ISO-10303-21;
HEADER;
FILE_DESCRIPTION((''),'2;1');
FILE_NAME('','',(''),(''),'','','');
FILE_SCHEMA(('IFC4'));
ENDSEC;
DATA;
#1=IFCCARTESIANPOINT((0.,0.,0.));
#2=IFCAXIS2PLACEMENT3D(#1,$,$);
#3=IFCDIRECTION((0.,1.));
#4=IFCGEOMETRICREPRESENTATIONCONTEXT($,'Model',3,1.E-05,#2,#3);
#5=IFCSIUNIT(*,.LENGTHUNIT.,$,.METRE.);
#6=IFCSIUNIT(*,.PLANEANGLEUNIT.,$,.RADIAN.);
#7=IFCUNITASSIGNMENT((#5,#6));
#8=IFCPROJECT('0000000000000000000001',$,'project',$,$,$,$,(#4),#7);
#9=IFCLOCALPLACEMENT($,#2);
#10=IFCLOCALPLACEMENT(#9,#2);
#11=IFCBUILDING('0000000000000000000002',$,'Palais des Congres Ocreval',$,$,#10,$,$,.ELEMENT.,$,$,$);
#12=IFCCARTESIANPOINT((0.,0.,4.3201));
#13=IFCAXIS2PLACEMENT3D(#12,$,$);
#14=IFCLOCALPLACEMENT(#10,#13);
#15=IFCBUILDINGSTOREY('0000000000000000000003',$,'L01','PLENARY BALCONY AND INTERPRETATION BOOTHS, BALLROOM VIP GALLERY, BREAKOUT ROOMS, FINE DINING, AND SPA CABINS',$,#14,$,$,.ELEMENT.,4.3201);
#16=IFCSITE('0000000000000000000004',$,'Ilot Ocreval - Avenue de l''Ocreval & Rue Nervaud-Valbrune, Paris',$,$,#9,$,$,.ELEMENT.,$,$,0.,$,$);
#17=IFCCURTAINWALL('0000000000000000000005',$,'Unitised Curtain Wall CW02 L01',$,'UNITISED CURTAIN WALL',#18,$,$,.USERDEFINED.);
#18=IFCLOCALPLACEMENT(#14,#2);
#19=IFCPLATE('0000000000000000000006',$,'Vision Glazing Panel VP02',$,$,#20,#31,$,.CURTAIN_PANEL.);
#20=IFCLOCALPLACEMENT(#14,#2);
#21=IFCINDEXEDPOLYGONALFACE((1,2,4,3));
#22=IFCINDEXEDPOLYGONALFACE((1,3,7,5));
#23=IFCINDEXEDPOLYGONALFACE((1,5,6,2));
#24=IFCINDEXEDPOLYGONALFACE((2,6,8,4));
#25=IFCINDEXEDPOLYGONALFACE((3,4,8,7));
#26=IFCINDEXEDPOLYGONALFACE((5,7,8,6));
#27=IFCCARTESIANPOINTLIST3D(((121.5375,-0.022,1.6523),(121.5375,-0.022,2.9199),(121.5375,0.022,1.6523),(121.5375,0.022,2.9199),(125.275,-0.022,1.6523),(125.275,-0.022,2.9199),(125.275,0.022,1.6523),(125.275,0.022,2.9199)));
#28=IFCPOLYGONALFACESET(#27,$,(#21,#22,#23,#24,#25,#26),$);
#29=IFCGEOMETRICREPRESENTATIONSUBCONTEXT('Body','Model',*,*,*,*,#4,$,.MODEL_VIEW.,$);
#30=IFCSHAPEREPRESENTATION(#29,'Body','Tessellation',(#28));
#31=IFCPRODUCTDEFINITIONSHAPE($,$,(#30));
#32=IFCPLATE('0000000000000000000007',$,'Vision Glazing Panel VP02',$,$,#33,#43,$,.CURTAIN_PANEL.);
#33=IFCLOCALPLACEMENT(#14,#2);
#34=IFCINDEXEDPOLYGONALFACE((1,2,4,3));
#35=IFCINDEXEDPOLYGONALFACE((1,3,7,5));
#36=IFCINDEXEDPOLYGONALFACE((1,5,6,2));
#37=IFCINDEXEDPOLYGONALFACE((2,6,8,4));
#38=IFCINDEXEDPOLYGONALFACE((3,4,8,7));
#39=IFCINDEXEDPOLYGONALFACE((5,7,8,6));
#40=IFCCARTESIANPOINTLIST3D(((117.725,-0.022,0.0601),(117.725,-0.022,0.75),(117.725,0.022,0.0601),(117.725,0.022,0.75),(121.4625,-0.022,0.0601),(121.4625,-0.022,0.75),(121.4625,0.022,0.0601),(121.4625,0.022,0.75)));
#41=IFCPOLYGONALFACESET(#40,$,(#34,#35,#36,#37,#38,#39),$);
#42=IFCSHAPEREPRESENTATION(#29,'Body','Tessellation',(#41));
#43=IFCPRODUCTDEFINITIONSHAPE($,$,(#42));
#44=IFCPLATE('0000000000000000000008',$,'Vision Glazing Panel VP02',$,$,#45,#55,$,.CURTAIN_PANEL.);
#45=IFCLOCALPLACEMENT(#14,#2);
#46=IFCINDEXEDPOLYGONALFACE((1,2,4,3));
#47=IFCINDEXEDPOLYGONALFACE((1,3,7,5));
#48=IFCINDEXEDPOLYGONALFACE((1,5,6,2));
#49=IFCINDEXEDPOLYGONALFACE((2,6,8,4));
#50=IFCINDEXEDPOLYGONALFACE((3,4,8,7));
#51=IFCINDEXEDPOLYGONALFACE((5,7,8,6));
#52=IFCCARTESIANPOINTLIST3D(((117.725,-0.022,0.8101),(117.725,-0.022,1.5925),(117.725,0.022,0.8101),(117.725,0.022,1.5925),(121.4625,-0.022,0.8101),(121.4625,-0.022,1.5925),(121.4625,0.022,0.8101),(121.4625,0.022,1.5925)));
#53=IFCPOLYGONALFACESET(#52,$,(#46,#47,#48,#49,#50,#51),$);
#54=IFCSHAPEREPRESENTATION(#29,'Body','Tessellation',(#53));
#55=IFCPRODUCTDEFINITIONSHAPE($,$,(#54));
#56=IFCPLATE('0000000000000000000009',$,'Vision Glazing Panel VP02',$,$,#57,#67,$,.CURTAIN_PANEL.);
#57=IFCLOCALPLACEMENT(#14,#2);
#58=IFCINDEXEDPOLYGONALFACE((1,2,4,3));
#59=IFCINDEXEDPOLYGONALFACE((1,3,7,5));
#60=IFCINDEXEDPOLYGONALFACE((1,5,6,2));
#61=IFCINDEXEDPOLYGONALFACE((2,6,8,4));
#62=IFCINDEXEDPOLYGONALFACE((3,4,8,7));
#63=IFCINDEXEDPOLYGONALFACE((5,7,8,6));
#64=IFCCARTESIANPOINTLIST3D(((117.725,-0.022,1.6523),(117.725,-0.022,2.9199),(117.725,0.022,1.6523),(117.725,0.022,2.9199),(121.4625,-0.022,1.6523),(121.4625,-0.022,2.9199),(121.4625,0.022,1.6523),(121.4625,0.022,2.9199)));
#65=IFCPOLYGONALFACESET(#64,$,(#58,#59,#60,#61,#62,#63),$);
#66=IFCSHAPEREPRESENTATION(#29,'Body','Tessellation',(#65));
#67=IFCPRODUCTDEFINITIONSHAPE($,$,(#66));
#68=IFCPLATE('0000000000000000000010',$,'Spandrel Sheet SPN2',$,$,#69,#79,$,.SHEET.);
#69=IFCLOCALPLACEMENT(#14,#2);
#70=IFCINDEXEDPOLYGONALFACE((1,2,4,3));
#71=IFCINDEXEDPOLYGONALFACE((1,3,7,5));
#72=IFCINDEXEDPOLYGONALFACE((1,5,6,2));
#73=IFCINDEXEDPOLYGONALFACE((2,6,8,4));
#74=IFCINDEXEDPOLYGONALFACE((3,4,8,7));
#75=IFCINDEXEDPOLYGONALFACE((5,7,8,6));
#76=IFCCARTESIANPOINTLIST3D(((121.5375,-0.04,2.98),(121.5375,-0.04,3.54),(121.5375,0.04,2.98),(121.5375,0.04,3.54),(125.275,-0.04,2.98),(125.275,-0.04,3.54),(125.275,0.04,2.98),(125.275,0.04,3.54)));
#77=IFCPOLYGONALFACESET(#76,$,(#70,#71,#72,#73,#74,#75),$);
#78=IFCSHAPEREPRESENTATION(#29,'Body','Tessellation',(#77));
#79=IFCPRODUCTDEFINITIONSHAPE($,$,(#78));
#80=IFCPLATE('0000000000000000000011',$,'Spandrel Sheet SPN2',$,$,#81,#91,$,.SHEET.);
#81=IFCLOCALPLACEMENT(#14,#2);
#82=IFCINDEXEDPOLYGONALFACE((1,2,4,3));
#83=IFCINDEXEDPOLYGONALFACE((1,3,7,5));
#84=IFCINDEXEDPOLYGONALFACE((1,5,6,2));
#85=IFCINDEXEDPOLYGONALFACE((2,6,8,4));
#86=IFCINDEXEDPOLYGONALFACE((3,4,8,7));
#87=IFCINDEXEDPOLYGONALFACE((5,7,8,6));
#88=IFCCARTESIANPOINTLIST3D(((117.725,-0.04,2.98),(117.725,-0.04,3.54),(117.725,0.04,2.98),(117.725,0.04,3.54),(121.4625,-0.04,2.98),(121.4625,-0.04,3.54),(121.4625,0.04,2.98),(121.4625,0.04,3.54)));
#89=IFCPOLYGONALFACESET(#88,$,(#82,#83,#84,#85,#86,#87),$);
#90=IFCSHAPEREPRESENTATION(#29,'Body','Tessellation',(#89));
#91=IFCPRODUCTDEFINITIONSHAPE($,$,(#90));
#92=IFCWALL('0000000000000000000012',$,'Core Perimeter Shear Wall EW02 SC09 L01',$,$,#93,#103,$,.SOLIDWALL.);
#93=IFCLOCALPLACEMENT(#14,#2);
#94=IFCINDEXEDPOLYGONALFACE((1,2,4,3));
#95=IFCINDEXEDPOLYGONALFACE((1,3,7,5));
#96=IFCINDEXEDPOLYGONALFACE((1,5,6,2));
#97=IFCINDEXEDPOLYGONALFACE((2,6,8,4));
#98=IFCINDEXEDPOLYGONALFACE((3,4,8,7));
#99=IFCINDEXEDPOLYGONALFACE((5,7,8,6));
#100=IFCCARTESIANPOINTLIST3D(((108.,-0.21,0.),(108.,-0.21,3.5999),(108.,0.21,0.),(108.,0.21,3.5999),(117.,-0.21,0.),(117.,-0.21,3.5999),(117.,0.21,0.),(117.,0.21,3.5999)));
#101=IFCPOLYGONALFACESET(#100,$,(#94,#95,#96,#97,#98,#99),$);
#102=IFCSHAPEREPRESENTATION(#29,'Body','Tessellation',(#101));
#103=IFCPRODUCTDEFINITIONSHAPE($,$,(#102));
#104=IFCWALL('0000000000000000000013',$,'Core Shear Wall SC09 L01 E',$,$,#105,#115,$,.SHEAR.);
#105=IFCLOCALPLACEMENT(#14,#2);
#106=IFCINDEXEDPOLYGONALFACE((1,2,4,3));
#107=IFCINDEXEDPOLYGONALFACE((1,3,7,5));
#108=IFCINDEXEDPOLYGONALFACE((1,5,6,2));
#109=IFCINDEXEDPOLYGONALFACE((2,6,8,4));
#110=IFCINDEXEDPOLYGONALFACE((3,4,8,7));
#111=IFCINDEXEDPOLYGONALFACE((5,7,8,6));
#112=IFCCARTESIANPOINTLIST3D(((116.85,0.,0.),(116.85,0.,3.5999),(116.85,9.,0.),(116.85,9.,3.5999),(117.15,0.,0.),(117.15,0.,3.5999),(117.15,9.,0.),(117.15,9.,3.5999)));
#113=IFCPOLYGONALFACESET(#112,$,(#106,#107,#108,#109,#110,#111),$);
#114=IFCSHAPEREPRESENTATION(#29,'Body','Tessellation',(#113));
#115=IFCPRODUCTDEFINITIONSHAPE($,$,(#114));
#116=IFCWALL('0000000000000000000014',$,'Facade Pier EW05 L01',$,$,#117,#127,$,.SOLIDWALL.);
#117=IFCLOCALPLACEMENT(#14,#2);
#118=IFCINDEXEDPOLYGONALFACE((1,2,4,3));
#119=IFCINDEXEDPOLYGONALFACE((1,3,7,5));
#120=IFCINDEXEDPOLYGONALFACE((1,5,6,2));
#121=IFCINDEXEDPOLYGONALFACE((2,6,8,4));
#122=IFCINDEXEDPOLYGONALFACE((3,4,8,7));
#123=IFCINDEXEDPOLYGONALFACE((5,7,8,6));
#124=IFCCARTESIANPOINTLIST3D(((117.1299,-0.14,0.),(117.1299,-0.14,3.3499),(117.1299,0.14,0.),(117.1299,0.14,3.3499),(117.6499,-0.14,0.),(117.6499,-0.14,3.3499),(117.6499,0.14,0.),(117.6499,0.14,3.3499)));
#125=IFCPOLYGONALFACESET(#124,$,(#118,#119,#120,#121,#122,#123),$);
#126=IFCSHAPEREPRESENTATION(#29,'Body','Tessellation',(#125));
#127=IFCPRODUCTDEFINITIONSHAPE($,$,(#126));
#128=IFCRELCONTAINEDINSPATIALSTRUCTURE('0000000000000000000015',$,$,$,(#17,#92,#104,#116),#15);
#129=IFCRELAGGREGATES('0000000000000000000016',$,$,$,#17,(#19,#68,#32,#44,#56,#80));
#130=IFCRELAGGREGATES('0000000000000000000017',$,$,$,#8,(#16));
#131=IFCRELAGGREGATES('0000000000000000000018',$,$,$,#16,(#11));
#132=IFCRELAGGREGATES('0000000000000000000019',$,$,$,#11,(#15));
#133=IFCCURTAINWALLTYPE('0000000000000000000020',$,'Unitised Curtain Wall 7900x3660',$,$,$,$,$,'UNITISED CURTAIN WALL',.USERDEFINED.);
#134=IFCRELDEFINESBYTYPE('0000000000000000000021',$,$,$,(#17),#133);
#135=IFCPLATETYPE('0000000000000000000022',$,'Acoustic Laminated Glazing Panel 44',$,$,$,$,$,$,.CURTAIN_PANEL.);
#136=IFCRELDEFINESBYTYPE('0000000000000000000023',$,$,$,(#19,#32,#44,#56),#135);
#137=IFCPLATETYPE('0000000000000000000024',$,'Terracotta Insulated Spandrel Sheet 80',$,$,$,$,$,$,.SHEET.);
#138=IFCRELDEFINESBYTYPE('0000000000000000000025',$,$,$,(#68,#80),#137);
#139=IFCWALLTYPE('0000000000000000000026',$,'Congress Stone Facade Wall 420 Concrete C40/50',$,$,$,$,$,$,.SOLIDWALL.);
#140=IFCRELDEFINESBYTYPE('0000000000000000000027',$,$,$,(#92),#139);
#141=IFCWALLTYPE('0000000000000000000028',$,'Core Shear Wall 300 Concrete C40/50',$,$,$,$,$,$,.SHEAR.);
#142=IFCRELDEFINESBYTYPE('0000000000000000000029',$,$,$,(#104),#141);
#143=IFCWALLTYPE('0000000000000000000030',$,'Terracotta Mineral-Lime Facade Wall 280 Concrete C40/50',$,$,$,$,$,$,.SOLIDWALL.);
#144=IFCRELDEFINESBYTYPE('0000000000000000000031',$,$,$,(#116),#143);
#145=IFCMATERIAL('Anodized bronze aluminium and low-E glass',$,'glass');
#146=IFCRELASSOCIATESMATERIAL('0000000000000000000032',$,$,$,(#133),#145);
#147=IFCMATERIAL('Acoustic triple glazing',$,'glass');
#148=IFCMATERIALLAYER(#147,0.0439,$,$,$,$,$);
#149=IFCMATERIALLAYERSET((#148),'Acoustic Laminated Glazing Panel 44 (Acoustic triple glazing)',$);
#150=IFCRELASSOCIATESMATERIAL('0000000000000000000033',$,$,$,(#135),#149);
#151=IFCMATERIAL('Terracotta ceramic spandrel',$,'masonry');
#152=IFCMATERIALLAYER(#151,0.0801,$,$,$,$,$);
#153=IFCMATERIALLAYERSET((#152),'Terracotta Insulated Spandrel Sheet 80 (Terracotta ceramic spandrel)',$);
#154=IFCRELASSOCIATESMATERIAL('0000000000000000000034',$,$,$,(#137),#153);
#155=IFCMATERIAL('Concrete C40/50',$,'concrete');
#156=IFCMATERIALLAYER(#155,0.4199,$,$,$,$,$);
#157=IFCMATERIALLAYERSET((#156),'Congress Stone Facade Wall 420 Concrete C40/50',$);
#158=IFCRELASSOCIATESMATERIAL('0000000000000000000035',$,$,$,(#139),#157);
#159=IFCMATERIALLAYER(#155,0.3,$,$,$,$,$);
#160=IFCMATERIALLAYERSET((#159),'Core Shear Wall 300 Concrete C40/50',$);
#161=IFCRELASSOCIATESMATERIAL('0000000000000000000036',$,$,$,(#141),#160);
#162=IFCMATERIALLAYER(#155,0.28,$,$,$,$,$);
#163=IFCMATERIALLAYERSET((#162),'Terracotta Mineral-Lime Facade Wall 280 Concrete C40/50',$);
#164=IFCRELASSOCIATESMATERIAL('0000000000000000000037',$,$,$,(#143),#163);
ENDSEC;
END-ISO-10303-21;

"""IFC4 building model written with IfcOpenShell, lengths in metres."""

from ifc_helpers import new_model, si_unit, direction, frame, frame_2d, origin, origin_2d, place, context, subcontext, project, spatial, rectangle, extrude, material, layer, layer_set, type_object, element, aggregate, save


model = new_model("IFC4")

# Units and contexts
model_context = context("Model", 3, precision=1e-05, world=origin(), true_north=direction((0.0, 1.0)))
body_context = subcontext(model_context, "Body", "Model", "MODEL_VIEW")
ifc_project = project(units=[si_unit("LENGTHUNIT", "METRE"), si_unit("PLANEANGLEUNIT", "RADIAN")], contexts=[model_context])

# Site, building, storey
site_placement = place(None, origin())
site = spatial("IfcSite", under=ifc_project, at=site_placement, Name="Ilot Ocreval - Avenue de l'Ocreval & Rue Nervaud-Valbrune, Paris", CompositionType="ELEMENT", RefElevation=0.0)
building_placement = place(site_placement, origin())
building = spatial("IfcBuilding", under=site, at=building_placement, Name="Palais des Congres Ocreval", CompositionType="ELEMENT")
storey_placement = place(building_placement, frame((0.0, 0.0, 4.3201)))
storey = spatial("IfcBuildingStorey", under=building, at=storey_placement, Name="L01", Description="PLENARY BALCONY AND INTERPRETATION BOOTHS, BALLROOM VIP GALLERY, BREAKOUT ROOMS, FINE DINING, AND SPA CABINS", CompositionType="ELEMENT", Elevation=4.3201)

# Curtain wall
ifc_material_1 = material(Name="Anodized bronze aluminium and low-E glass", Category="glass")
curtain_wall_type = type_object("IfcCurtainWallType", Name="Unitised Curtain Wall 7900x3660", ElementType="UNITISED CURTAIN WALL", PredefinedType="USERDEFINED", material=ifc_material_1)
curtain_wall_placement = place(storey_placement, origin())
curtain_wall = element("IfcCurtainWall", 1, at=curtain_wall_placement, inside=storey, type_object=curtain_wall_type, Name="Unitised Curtain Wall CW02 L01", ObjectType="UNITISED CURTAIN WALL", PredefinedType="USERDEFINED")

# Plates
ifc_material_2 = material(Name="Acoustic triple glazing", Category="glass")
ifc_layer_1 = layer(ifc_material_2, 0.0439)
ifc_layer_set_1 = layer_set([ifc_layer_1], Name="Acoustic Laminated Glazing Panel 44 (Acoustic triple glazing)")
plate_type_1 = type_object("IfcPlateType", Name="Acoustic Laminated Glazing Panel 44", PredefinedType="CURTAIN_PANEL", material=ifc_layer_set_1)
plate_1_placement = place(storey_placement, frame((123.4062, 0.0, 1.6523), z_axis=(0.0, 0.0, 1.0), x_axis=(-1.0, 0.0, 0.0)))
plate_1 = element("IfcPlate", 2, at=plate_1_placement, type_object=plate_type_1, Name="Vision Glazing Panel VP02", PredefinedType="CURTAIN_PANEL", context=body_context, shape_type="SweptSolid", body=[
    extrude(rectangle(XDim=3.7375, YDim=0.0439, at=origin_2d()), origin(), (0.0, 0.0, 1.0), 1.2676),
])
plate_2_placement = place(storey_placement, frame((119.5938, 0.0, 0.0601), z_axis=(0.0, 0.0, 1.0), x_axis=(-1.0, 0.0, 0.0)))
plate_2 = element("IfcPlate", 3, at=plate_2_placement, type_object=plate_type_1, Name="Vision Glazing Panel VP02", PredefinedType="CURTAIN_PANEL", context=body_context, shape_type="SweptSolid", body=[
    extrude(rectangle(XDim=3.7375, YDim=0.0439, at=origin_2d()), origin(), (0.0, 0.0, 1.0), 0.6899),
])
plate_3_placement = place(storey_placement, frame((119.5938, 0.0, 0.8101), z_axis=(0.0, 0.0, 1.0), x_axis=(-1.0, 0.0, 0.0)))
plate_3 = element("IfcPlate", 4, at=plate_3_placement, type_object=plate_type_1, Name="Vision Glazing Panel VP02", PredefinedType="CURTAIN_PANEL", context=body_context, shape_type="SweptSolid", body=[
    extrude(rectangle(XDim=3.7375, YDim=0.0439, at=origin_2d()), origin(), (0.0, 0.0, 1.0), 0.7825),
])
plate_4_placement = place(storey_placement, frame((119.5938, 0.0, 1.6523), z_axis=(0.0, 0.0, 1.0), x_axis=(-1.0, 0.0, 0.0)))
plate_4 = element("IfcPlate", 5, at=plate_4_placement, type_object=plate_type_1, Name="Vision Glazing Panel VP02", PredefinedType="CURTAIN_PANEL", context=body_context, shape_type="SweptSolid", body=[
    extrude(rectangle(XDim=3.7375, YDim=0.0439, at=origin_2d()), origin(), (0.0, 0.0, 1.0), 1.2676),
])
ifc_material_3 = material(Name="Terracotta ceramic spandrel", Category="masonry")
ifc_layer_2 = layer(ifc_material_3, 0.0801)
ifc_layer_set_2 = layer_set([ifc_layer_2], Name="Terracotta Insulated Spandrel Sheet 80 (Terracotta ceramic spandrel)")
plate_type_2 = type_object("IfcPlateType", Name="Terracotta Insulated Spandrel Sheet 80", PredefinedType="SHEET", material=ifc_layer_set_2)
plate_5_placement = place(storey_placement, frame((123.4062, 0.0, 2.98), z_axis=(0.0, 0.0, 1.0), x_axis=(-1.0, 0.0, 0.0)))
plate_5 = element("IfcPlate", 6, at=plate_5_placement, type_object=plate_type_2, Name="Spandrel Sheet SPN2", PredefinedType="SHEET", context=body_context, shape_type="SweptSolid", body=[
    extrude(rectangle(XDim=3.7375, YDim=0.0801, at=origin_2d()), origin(), (0.0, 0.0, 1.0), 0.5601),
])
plate_6_placement = place(storey_placement, frame((119.5938, 0.0, 2.98), z_axis=(0.0, 0.0, 1.0), x_axis=(-1.0, 0.0, 0.0)))
plate_6 = element("IfcPlate", 7, at=plate_6_placement, type_object=plate_type_2, Name="Spandrel Sheet SPN2", PredefinedType="SHEET", context=body_context, shape_type="SweptSolid", body=[
    extrude(rectangle(XDim=3.7375, YDim=0.0801, at=origin_2d()), origin(), (0.0, 0.0, 1.0), 0.5601),
])
aggregate(curtain_wall, [plate_1, plate_5, plate_2, plate_3, plate_4, plate_6])

# Walls
ifc_material_4 = material(Name="Concrete C40/50", Category="concrete")
ifc_layer_3 = layer(ifc_material_4, 0.4199)
ifc_layer_set_3 = layer_set([ifc_layer_3], Name="Congress Stone Facade Wall 420 Concrete C40/50")
wall_type_1 = type_object("IfcWallType", Name="Congress Stone Facade Wall 420 Concrete C40/50", PredefinedType="SOLIDWALL", material=ifc_layer_set_3)
wall_1_placement = place(storey_placement, frame((117.0, 0.0, 0.0), z_axis=(0.0, 0.0, 1.0), x_axis=(-1.0, 0.0, 0.0)))
element("IfcWall", 8, at=wall_1_placement, inside=storey, type_object=wall_type_1, Name="Core Perimeter Shear Wall EW02 SC09 L01", PredefinedType="SOLIDWALL", context=body_context, shape_type="SweptSolid", body=[
    extrude(rectangle(XDim=9.0, YDim=0.4199, at=frame_2d((4.5, 0.0))), origin(), (0.0, 0.0, 1.0), 3.5999),
])
ifc_layer_4 = layer(ifc_material_4, 0.3)
ifc_layer_set_4 = layer_set([ifc_layer_4], Name="Core Shear Wall 300 Concrete C40/50")
wall_type_2 = type_object("IfcWallType", Name="Core Shear Wall 300 Concrete C40/50", PredefinedType="SHEAR", material=ifc_layer_set_4)
wall_2_placement = place(storey_placement, frame((117.0, 0.0, 0.0), z_axis=(0.0, 0.0, 1.0), x_axis=(0.0, 1.0, 0.0)))
element("IfcWall", 9, at=wall_2_placement, inside=storey, type_object=wall_type_2, Name="Core Shear Wall SC09 L01 E", PredefinedType="SHEAR", context=body_context, shape_type="SweptSolid", body=[
    extrude(rectangle(XDim=9.0, YDim=0.3, at=frame_2d((4.5, 0.0))), origin(), (0.0, 0.0, 1.0), 3.5999),
])
ifc_layer_5 = layer(ifc_material_4, 0.28)
ifc_layer_set_5 = layer_set([ifc_layer_5], Name="Terracotta Mineral-Lime Facade Wall 280 Concrete C40/50")
wall_type_3 = type_object("IfcWallType", Name="Terracotta Mineral-Lime Facade Wall 280 Concrete C40/50", PredefinedType="SOLIDWALL", material=ifc_layer_set_5)
wall_3_placement = place(storey_placement, frame((117.6499, 0.0, 0.0), z_axis=(0.0, 0.0, 1.0), x_axis=(-1.0, 0.0, 0.0)))
element("IfcWall", 10, at=wall_3_placement, inside=storey, type_object=wall_type_3, Name="Facade Pier EW05 L01", PredefinedType="SOLIDWALL", context=body_context, shape_type="SweptSolid", body=[
    extrude(rectangle(XDim=0.52, YDim=0.28, at=frame_2d((0.26, 0.0))), origin(), (0.0, 0.0, 1.0), 3.3499),
])

save(model, "model.ifc")
